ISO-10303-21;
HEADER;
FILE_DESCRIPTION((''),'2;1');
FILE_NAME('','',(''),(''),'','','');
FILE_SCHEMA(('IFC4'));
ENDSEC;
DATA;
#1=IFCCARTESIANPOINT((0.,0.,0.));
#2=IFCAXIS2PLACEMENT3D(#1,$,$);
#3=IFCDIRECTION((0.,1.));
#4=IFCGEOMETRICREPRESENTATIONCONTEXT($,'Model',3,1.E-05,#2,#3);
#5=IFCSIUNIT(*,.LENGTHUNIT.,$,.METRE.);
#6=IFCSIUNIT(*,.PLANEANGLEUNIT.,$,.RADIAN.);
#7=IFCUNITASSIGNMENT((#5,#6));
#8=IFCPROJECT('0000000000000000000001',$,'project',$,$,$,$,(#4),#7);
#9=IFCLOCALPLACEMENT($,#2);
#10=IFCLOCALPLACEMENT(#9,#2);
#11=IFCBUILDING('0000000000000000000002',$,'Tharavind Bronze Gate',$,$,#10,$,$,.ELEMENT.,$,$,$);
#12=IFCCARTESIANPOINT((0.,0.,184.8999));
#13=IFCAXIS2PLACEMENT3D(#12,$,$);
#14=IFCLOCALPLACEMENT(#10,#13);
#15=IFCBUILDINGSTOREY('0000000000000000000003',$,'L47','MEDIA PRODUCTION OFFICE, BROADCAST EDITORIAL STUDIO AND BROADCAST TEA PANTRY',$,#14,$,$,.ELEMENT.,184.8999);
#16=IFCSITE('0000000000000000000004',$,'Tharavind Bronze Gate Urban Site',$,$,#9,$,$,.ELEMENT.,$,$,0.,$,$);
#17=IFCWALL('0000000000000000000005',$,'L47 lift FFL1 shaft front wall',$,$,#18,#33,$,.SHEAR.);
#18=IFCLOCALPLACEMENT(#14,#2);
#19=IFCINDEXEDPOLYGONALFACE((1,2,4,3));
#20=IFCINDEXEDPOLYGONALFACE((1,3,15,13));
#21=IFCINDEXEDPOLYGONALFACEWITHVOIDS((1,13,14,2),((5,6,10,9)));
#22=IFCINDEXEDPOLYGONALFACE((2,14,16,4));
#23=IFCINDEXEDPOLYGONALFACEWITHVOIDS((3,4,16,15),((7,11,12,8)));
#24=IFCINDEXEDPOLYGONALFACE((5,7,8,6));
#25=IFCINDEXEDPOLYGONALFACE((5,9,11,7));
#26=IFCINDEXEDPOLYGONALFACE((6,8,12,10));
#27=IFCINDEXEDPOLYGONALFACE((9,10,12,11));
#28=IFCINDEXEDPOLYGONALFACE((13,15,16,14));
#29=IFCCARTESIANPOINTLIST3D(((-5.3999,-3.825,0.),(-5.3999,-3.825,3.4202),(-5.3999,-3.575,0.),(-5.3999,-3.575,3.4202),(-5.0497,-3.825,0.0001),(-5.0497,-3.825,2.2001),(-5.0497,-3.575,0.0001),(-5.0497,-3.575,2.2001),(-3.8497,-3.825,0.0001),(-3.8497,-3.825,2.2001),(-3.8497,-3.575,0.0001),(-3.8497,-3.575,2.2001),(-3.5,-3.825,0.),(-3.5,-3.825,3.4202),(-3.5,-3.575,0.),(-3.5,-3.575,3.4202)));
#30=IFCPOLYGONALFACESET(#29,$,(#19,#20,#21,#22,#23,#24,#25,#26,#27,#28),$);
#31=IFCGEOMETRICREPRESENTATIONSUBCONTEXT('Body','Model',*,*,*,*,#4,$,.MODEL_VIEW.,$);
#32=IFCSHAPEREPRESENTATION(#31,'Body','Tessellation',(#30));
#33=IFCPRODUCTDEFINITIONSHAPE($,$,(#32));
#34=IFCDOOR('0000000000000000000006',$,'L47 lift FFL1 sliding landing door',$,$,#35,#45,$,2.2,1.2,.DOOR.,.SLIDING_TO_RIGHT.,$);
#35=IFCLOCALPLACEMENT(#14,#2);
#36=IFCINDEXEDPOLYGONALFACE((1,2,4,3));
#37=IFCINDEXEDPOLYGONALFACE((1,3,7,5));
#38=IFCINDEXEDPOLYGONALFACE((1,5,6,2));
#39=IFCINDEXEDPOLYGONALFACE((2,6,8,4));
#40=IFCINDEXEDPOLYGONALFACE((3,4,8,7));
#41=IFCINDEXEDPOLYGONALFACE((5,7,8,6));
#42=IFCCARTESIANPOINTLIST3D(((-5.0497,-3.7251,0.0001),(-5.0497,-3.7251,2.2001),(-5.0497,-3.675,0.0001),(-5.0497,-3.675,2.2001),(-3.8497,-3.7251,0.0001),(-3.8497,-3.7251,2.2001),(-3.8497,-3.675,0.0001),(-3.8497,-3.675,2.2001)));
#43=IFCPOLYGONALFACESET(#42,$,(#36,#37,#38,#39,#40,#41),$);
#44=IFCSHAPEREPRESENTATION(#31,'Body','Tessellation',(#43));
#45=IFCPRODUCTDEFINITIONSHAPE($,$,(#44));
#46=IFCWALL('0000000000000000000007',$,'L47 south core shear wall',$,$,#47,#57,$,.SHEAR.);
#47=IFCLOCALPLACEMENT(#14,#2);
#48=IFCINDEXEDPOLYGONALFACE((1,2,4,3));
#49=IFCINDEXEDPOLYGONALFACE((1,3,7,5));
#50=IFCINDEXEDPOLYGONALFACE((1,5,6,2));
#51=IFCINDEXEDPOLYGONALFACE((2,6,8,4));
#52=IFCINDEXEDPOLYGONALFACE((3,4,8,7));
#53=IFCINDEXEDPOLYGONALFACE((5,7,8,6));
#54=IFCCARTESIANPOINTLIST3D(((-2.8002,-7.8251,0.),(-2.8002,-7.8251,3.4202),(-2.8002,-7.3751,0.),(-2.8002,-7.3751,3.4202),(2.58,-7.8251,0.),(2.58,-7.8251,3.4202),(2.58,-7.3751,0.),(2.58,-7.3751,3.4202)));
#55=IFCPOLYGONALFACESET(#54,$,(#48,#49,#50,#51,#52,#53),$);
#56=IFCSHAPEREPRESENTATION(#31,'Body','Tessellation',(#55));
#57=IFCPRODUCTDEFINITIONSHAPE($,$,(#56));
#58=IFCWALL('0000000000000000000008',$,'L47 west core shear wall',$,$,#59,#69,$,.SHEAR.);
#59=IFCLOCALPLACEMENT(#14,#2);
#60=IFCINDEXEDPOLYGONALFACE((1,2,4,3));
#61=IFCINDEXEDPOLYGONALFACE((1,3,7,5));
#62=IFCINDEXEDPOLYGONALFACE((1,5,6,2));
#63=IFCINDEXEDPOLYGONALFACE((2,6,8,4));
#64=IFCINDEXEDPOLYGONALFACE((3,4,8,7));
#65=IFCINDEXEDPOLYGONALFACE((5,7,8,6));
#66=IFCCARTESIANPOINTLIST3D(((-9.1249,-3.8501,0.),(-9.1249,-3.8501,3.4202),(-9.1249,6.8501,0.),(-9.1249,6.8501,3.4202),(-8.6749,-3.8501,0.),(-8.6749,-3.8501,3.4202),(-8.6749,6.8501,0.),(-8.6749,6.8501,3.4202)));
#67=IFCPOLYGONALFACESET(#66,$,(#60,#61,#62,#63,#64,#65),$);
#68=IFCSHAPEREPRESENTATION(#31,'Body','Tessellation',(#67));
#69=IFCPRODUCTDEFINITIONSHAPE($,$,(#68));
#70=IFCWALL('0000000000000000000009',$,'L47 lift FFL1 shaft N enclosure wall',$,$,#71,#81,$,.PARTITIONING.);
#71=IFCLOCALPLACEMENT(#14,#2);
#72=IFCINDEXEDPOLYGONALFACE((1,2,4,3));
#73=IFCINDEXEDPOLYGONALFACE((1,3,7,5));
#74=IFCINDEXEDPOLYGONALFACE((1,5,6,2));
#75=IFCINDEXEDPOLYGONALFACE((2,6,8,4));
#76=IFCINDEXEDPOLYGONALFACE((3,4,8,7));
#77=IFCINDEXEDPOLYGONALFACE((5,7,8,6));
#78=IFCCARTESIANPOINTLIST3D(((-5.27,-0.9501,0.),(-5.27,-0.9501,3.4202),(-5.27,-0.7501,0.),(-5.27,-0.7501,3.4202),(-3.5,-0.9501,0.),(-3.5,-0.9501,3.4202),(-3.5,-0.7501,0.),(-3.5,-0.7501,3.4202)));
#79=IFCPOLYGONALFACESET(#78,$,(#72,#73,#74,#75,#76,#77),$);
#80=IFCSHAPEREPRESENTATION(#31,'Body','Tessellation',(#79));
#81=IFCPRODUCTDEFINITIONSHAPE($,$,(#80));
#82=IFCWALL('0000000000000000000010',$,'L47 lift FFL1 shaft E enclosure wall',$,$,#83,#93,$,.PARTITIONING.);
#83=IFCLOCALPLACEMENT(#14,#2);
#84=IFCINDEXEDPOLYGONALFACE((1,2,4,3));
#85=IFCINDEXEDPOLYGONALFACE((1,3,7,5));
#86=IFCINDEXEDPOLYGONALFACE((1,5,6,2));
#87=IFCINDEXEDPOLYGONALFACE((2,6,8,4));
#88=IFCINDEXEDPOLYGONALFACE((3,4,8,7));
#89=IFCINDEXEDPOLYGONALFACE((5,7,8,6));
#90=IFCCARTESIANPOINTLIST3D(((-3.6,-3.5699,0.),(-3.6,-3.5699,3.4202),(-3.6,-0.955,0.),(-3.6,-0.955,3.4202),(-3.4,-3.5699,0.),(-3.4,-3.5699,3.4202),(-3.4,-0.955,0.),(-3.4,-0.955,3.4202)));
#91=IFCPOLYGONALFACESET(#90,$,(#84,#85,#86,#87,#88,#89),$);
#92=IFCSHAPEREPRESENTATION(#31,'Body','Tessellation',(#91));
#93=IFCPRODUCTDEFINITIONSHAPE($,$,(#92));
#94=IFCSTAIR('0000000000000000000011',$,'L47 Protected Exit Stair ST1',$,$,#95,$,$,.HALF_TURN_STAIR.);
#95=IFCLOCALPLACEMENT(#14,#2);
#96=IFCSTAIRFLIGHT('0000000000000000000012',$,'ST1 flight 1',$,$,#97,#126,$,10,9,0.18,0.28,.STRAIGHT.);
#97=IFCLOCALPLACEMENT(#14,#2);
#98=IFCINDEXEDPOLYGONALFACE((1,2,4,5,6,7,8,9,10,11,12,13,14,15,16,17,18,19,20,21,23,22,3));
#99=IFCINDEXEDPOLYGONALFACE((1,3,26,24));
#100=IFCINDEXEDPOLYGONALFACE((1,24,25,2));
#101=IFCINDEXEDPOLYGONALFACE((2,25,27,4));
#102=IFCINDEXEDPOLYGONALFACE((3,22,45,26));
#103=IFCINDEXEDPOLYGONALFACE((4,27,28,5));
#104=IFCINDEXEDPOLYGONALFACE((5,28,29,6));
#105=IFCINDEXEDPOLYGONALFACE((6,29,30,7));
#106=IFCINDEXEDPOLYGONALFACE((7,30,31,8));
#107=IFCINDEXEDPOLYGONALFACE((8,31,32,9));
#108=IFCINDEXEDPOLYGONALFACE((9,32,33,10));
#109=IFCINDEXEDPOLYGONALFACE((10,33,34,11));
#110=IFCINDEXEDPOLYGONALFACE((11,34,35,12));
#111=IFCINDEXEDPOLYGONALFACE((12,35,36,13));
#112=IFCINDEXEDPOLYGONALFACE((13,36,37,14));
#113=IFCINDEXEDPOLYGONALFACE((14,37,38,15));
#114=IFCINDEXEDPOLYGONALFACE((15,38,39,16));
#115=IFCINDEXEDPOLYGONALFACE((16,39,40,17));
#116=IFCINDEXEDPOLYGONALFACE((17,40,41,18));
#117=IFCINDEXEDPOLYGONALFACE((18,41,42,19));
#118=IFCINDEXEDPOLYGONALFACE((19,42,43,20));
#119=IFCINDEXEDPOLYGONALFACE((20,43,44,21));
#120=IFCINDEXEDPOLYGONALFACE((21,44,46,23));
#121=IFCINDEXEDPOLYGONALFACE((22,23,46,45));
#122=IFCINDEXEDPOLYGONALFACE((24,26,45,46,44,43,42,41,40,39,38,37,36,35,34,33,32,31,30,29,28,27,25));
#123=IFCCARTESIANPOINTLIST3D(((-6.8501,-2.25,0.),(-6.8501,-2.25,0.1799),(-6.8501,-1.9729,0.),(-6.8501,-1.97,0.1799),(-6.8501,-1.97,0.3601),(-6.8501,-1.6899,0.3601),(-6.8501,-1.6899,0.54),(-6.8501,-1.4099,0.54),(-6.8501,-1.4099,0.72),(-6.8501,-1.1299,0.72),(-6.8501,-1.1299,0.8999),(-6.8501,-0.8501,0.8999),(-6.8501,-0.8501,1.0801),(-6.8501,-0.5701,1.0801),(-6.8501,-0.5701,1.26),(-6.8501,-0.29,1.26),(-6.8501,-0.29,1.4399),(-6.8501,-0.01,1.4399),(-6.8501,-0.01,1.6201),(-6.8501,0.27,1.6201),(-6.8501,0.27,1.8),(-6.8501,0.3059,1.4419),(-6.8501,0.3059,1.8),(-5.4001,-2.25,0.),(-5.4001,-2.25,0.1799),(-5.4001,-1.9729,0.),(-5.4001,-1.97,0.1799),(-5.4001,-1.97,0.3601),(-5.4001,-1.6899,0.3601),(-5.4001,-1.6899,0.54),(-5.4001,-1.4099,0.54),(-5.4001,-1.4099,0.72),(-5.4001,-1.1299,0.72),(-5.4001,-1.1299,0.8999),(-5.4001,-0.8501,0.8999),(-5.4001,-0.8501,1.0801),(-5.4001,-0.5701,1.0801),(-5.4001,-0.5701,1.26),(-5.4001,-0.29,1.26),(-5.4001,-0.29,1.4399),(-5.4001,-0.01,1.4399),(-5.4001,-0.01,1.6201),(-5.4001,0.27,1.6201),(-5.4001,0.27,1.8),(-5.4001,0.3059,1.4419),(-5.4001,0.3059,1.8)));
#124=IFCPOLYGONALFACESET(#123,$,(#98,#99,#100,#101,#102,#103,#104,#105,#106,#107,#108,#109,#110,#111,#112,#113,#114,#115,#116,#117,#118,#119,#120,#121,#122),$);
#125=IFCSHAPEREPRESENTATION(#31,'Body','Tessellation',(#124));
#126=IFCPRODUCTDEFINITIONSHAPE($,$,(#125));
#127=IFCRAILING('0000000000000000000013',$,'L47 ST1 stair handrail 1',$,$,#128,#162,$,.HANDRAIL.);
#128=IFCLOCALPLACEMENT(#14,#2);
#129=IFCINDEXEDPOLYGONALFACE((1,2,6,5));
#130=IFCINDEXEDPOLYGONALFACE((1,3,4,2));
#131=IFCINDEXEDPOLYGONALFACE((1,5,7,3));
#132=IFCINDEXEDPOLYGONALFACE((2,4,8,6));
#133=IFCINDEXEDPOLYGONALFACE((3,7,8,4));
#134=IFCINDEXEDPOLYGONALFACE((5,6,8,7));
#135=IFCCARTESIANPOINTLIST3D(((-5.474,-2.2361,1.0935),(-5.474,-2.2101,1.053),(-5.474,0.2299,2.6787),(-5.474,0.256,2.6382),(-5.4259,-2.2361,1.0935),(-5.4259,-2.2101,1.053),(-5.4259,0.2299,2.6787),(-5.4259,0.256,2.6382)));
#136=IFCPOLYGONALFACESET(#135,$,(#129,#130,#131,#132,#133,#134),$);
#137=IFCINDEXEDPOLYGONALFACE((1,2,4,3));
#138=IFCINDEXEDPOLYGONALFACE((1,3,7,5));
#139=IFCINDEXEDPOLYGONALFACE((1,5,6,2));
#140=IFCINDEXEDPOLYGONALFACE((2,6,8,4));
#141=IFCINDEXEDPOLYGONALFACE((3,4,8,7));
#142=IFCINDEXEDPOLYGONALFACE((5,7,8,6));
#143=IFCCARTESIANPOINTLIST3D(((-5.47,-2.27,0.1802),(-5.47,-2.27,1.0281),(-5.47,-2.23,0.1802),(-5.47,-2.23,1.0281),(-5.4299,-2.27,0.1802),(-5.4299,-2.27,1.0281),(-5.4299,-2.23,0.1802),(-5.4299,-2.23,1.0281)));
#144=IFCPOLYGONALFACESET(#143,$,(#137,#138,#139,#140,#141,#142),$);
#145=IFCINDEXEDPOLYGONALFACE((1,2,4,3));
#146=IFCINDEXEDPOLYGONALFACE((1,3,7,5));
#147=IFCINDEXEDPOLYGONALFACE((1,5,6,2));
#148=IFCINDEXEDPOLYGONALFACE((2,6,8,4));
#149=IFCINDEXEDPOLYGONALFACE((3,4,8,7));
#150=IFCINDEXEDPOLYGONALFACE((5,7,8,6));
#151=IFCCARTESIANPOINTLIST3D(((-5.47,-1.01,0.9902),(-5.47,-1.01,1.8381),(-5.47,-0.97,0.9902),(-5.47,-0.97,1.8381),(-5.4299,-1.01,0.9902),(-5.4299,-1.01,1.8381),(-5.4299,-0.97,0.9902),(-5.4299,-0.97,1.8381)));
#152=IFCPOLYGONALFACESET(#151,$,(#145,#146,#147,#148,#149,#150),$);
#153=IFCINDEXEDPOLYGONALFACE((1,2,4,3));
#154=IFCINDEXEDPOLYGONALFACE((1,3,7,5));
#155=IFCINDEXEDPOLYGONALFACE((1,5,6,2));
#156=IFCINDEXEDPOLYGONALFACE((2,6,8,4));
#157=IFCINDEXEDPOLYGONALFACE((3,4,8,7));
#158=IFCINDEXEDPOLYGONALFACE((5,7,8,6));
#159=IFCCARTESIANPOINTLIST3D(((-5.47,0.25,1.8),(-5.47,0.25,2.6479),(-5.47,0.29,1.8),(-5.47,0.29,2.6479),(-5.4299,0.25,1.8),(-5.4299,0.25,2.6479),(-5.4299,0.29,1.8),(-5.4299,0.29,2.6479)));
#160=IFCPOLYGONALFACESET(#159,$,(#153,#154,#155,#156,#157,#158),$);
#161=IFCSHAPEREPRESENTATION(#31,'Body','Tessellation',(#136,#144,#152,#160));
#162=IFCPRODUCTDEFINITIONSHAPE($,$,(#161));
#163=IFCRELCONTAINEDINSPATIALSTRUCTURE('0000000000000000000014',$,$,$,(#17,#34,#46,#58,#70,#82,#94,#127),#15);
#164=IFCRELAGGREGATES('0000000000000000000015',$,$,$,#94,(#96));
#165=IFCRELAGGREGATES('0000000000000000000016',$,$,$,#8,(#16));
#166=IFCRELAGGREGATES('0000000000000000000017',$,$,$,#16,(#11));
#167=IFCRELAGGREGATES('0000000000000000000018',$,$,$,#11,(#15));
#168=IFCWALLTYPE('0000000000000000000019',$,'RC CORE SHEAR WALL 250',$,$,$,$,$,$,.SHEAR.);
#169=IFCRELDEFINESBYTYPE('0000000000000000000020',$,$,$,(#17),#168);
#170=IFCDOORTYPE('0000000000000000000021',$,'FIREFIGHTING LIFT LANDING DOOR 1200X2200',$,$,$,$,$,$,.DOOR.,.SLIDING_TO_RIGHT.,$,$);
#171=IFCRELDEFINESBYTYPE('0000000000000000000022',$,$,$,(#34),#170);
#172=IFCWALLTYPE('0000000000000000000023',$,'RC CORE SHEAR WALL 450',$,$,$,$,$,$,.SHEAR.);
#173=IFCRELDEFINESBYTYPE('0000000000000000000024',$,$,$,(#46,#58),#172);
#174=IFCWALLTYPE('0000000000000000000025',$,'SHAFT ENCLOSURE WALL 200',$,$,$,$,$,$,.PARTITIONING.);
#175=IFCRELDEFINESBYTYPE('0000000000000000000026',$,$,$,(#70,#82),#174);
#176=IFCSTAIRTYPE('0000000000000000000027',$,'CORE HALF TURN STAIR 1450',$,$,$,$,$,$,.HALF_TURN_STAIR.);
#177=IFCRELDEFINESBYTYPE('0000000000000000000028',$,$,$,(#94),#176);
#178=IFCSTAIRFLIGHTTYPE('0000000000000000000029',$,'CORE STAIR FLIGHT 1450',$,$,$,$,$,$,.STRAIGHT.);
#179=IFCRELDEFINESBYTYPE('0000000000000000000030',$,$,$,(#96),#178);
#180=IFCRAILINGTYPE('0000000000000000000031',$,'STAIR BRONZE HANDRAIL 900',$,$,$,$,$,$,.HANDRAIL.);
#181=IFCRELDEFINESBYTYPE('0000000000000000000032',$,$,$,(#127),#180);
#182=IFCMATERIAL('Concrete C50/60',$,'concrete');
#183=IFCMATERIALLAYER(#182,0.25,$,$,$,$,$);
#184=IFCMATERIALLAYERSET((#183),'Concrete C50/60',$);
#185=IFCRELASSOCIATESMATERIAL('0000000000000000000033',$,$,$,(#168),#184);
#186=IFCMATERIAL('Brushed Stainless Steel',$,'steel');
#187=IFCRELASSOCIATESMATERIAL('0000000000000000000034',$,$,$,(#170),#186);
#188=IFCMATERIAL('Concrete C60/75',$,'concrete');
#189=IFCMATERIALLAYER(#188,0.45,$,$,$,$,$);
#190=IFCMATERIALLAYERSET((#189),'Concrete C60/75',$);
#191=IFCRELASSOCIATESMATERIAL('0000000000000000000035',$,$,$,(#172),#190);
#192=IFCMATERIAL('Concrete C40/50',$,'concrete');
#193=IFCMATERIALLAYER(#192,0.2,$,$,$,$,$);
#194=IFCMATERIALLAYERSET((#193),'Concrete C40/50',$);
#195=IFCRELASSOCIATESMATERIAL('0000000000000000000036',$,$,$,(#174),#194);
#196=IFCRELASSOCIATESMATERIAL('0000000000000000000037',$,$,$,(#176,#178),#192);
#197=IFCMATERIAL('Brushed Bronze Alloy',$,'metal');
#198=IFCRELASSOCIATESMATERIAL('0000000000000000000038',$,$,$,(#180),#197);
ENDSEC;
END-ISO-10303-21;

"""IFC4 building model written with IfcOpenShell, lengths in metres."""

from ifc_helpers import new_model, si_unit, direction, frame, frame_2d, origin, origin_2d, place, context, subcontext, project, spatial, polyline, rectangle, outline, extrude, material, layer, layer_set, type_object, element, fill, aggregate, save


model = new_model("IFC4")

# Units and contexts
model_context = context("Model", 3, precision=1e-05, world=origin(), true_north=direction((0.0, 1.0)))
body_context = subcontext(model_context, "Body", "Model", "MODEL_VIEW")
ifc_project = project(units=[si_unit("LENGTHUNIT", "METRE"), si_unit("PLANEANGLEUNIT", "RADIAN")], contexts=[model_context])

# Site, building, storey
site_placement = place(None, origin())
site = spatial("IfcSite", under=ifc_project, at=site_placement, Name="Tharavind Bronze Gate Urban Site", CompositionType="ELEMENT", RefElevation=0.0)
building_placement = place(site_placement, origin())
building = spatial("IfcBuilding", under=site, at=building_placement, Name="Tharavind Bronze Gate", CompositionType="ELEMENT")
storey_placement = place(building_placement, frame((0.0, 0.0, 184.8999)))
storey = spatial("IfcBuildingStorey", under=building, at=storey_placement, Name="L47", Description="MEDIA PRODUCTION OFFICE, BROADCAST EDITORIAL STUDIO AND BROADCAST TEA PANTRY", CompositionType="ELEMENT", Elevation=184.8999)

# Shared definitions
ifc_material_1 = material(Name="Concrete C60/75", Category="concrete")

# Shared definitions
ifc_material_2 = material(Name="Concrete C50/60", Category="concrete")
ifc_layer_1 = layer(ifc_material_2, 0.25)
ifc_layer_set_1 = layer_set([ifc_layer_1], Name="Concrete C50/60")
wall_type_1 = type_object("IfcWallType", Name="RC CORE SHEAR WALL 250", PredefinedType="SHEAR", material=ifc_layer_set_1)

# Wall, opening, door
wall_1_placement = place(storey_placement, frame((-5.3999, -3.7, 0.0), z_axis=(0.0, 0.0, 1.0), x_axis=(1.0, 0.0, 0.0)))
wall_1 = element("IfcWall", 1, at=wall_1_placement, inside=storey, type_object=wall_type_1, Name="L47 lift FFL1 shaft front wall", PredefinedType="SHEAR", context=body_context, shape_type="SweptSolid", body=[
    extrude(rectangle(XDim=1.8999, YDim=0.25, at=frame_2d((0.95, 0.0))), origin(), (0.0, 0.0, 1.0), 3.4202),
])
opening_1_placement = place(wall_1_placement, frame((0.3501, 0.0, 0.0)))
opening_1 = element("IfcOpeningElement", 2, at=opening_1_placement, cuts=wall_1, PredefinedType="OPENING", context=body_context, shape_type="SweptSolid", body=[
    extrude(rectangle(XDim=1.2, YDim=2.2, at=frame_2d((0.6001, 1.1001))), frame((0.0, 0.135, 0.0), z_axis=(0.0, -1.0, 0.0), x_axis=(1.0, 0.0, 0.0)), (0.0, 0.0, 1.0), 0.27),
])
ifc_material_3 = material(Name="Brushed Stainless Steel", Category="steel")
door_type_1 = type_object("IfcDoorType", Name="FIREFIGHTING LIFT LANDING DOOR 1200X2200", OperationType="SLIDING_TO_RIGHT", PredefinedType="DOOR", material=ifc_material_3)
door_1_placement = place(opening_1_placement, origin())
door_1 = element("IfcDoor", 3, at=door_1_placement, inside=storey, type_object=door_type_1, Name="L47 lift FFL1 sliding landing door", OperationType="SLIDING_TO_RIGHT", OverallHeight=2.2, OverallWidth=1.2, PredefinedType="DOOR", context=body_context, shape_type="SweptSolid", body=[
    extrude(rectangle(XDim=1.2, YDim=2.2, at=frame_2d((0.6001, 1.1001))), frame((0.0, 0.0249, 0.0), z_axis=(0.0, -1.0, 0.0), x_axis=(1.0, 0.0, 0.0)), (0.0, 0.0, 1.0), 0.05),
])
fill(opening_1, door_1)

# Walls
ifc_layer_2 = layer(ifc_material_1, 0.45)
ifc_layer_set_2 = layer_set([ifc_layer_2], Name="Concrete C60/75")
wall_type_2 = type_object("IfcWallType", Name="RC CORE SHEAR WALL 450", PredefinedType="SHEAR", material=ifc_layer_set_2)
wall_2_placement = place(storey_placement, frame((-2.8, -7.6001, 0.0), z_axis=(0.0, 0.0, 1.0), x_axis=(1.0, 0.0, 0.0)))
element("IfcWall", 4, at=wall_2_placement, inside=storey, type_object=wall_type_2, Name="L47 south core shear wall", PredefinedType="SHEAR", context=body_context, shape_type="SweptSolid", body=[
    extrude(rectangle(XDim=5.3801, YDim=0.45, at=frame_2d((2.6899, 0.0))), origin(), (0.0, 0.0, 1.0), 3.4202),
])
wall_3_placement = place(storey_placement, frame((-8.8999, -3.8501, 0.0), z_axis=(0.0, 0.0, 1.0), x_axis=(0.0, 1.0, 0.0)))
element("IfcWall", 5, at=wall_3_placement, inside=storey, type_object=wall_type_2, Name="L47 west core shear wall", PredefinedType="SHEAR", context=body_context, shape_type="SweptSolid", body=[
    extrude(rectangle(XDim=10.7002, YDim=0.45, at=frame_2d((5.3501, 0.0))), origin(), (0.0, 0.0, 1.0), 3.4202),
])
ifc_material_4 = material(Name="Concrete C40/50", Category="concrete")
ifc_layer_3 = layer(ifc_material_4, 0.2)
ifc_layer_set_3 = layer_set([ifc_layer_3], Name="Concrete C40/50")
wall_type_3 = type_object("IfcWallType", Name="SHAFT ENCLOSURE WALL 200", PredefinedType="PARTITIONING", material=ifc_layer_set_3)
wall_4_placement = place(storey_placement, frame((-5.27, -0.8501, 0.0), z_axis=(0.0, 0.0, 1.0), x_axis=(1.0, 0.0, 0.0)))
element("IfcWall", 6, at=wall_4_placement, inside=storey, type_object=wall_type_3, Name="L47 lift FFL1 shaft N enclosure wall", PredefinedType="PARTITIONING", context=body_context, shape_type="SweptSolid", body=[
    extrude(rectangle(XDim=1.77, YDim=0.2, at=frame_2d((0.885, 0.0))), origin(), (0.0, 0.0, 1.0), 3.4202),
])
wall_5_placement = place(storey_placement, frame((-3.5, -3.5701, 0.0), z_axis=(0.0, 0.0, 1.0), x_axis=(0.0, 1.0, 0.0)))
element("IfcWall", 7, at=wall_5_placement, inside=storey, type_object=wall_type_3, Name="L47 lift FFL1 shaft E enclosure wall", PredefinedType="PARTITIONING", context=body_context, shape_type="SweptSolid", body=[
    extrude(rectangle(XDim=2.615, YDim=0.2, at=frame_2d((1.3076, 0.0))), origin(), (0.0, 0.0, 1.0), 3.4202),
])

# Stair, stair flight
stair_type = type_object("IfcStairType", Name="CORE HALF TURN STAIR 1450", PredefinedType="HALF_TURN_STAIR", material=ifc_material_4)
stair_placement = place(storey_placement, origin())
stair = element("IfcStair", 8, at=stair_placement, inside=storey, type_object=stair_type, Name="L47 Protected Exit Stair ST1", PredefinedType="HALF_TURN_STAIR")
stair_flight_type = type_object("IfcStairFlightType", Name="CORE STAIR FLIGHT 1450", PredefinedType="STRAIGHT", material=ifc_material_4)
stair_flight_placement = place(storey_placement, frame((-6.125, -2.25, 0.0), z_axis=(0.0, 0.0, 1.0), x_axis=(0.0, 1.0, 0.0)))
stair_flight = element("IfcStairFlight", 9, at=stair_flight_placement, type_object=stair_flight_type, Name="ST1 flight 1", NumberOfRisers=10, NumberOfTreads=9, PredefinedType="STRAIGHT", RiserHeight=0.18, TreadLength=0.28, context=body_context, shape_type="SweptSolid", body=[
    extrude(outline(polyline([(0.0, 0.0), (0.0, 0.1799), (0.28, 0.1799), (0.28, 0.3601), (0.5601, 0.3601), (0.5601, 0.54), (0.8401, 0.54), (0.8401, 0.72), (1.1201, 0.72), (1.1201, 0.8999), (1.3999, 0.8999), (1.3999, 1.0801), (1.6799, 1.0801), (1.6799, 1.26), (1.96, 1.26), (1.96, 1.4399), (2.24, 1.4399), (2.24, 1.6201), (2.52, 1.6201), (2.52, 1.8), (2.5559, 1.8), (2.5559, 1.4419), (0.2771, 0.0), (0.0, 0.0)])), frame((0.0, 0.7251, 0.0), z_axis=(0.0, -1.0, 0.0), x_axis=(1.0, 0.0, 0.0)), (0.0, 0.0, 1.0), 1.45),
])
aggregate(stair, [stair_flight])

# Railing
ifc_material_5 = material(Name="Brushed Bronze Alloy", Category="metal")
railing_type_1 = type_object("IfcRailingType", Name="STAIR BRONZE HANDRAIL 900", PredefinedType="HANDRAIL", material=ifc_material_5)
railing_1_placement = place(storey_placement, frame((-5.45, -2.25, 0.1802)))
element("IfcRailing", 10, at=railing_1_placement, inside=storey, type_object=railing_type_1, Name="L47 ST1 stair handrail 1", PredefinedType="HANDRAIL", context=body_context, shape_type="SweptSolid", body=[
    extrude(rectangle(XDim=0.0481, YDim=0.0481, at=origin_2d()), frame((0.0, 0.0269, 0.8931), z_axis=(0.0, 0.8412, 0.540725), x_axis=(-1.0, 0.0, 0.0)), (0.0, 0.0, 1.0), 2.9316),
    extrude(rectangle(XDim=0.04, YDim=0.04, at=origin_2d()), origin(), (0.0, 0.0, 1.0), 0.8479),
    extrude(rectangle(XDim=0.04, YDim=0.04, at=origin_2d()), frame((0.0, 1.26, 0.8101)), (0.0, 0.0, 1.0), 0.8479),
    extrude(rectangle(XDim=0.04, YDim=0.04, at=origin_2d()), frame((0.0, 2.52, 1.6199)), (0.0, 0.0, 1.0), 0.8479),
])

save(model, "model.ifc")
